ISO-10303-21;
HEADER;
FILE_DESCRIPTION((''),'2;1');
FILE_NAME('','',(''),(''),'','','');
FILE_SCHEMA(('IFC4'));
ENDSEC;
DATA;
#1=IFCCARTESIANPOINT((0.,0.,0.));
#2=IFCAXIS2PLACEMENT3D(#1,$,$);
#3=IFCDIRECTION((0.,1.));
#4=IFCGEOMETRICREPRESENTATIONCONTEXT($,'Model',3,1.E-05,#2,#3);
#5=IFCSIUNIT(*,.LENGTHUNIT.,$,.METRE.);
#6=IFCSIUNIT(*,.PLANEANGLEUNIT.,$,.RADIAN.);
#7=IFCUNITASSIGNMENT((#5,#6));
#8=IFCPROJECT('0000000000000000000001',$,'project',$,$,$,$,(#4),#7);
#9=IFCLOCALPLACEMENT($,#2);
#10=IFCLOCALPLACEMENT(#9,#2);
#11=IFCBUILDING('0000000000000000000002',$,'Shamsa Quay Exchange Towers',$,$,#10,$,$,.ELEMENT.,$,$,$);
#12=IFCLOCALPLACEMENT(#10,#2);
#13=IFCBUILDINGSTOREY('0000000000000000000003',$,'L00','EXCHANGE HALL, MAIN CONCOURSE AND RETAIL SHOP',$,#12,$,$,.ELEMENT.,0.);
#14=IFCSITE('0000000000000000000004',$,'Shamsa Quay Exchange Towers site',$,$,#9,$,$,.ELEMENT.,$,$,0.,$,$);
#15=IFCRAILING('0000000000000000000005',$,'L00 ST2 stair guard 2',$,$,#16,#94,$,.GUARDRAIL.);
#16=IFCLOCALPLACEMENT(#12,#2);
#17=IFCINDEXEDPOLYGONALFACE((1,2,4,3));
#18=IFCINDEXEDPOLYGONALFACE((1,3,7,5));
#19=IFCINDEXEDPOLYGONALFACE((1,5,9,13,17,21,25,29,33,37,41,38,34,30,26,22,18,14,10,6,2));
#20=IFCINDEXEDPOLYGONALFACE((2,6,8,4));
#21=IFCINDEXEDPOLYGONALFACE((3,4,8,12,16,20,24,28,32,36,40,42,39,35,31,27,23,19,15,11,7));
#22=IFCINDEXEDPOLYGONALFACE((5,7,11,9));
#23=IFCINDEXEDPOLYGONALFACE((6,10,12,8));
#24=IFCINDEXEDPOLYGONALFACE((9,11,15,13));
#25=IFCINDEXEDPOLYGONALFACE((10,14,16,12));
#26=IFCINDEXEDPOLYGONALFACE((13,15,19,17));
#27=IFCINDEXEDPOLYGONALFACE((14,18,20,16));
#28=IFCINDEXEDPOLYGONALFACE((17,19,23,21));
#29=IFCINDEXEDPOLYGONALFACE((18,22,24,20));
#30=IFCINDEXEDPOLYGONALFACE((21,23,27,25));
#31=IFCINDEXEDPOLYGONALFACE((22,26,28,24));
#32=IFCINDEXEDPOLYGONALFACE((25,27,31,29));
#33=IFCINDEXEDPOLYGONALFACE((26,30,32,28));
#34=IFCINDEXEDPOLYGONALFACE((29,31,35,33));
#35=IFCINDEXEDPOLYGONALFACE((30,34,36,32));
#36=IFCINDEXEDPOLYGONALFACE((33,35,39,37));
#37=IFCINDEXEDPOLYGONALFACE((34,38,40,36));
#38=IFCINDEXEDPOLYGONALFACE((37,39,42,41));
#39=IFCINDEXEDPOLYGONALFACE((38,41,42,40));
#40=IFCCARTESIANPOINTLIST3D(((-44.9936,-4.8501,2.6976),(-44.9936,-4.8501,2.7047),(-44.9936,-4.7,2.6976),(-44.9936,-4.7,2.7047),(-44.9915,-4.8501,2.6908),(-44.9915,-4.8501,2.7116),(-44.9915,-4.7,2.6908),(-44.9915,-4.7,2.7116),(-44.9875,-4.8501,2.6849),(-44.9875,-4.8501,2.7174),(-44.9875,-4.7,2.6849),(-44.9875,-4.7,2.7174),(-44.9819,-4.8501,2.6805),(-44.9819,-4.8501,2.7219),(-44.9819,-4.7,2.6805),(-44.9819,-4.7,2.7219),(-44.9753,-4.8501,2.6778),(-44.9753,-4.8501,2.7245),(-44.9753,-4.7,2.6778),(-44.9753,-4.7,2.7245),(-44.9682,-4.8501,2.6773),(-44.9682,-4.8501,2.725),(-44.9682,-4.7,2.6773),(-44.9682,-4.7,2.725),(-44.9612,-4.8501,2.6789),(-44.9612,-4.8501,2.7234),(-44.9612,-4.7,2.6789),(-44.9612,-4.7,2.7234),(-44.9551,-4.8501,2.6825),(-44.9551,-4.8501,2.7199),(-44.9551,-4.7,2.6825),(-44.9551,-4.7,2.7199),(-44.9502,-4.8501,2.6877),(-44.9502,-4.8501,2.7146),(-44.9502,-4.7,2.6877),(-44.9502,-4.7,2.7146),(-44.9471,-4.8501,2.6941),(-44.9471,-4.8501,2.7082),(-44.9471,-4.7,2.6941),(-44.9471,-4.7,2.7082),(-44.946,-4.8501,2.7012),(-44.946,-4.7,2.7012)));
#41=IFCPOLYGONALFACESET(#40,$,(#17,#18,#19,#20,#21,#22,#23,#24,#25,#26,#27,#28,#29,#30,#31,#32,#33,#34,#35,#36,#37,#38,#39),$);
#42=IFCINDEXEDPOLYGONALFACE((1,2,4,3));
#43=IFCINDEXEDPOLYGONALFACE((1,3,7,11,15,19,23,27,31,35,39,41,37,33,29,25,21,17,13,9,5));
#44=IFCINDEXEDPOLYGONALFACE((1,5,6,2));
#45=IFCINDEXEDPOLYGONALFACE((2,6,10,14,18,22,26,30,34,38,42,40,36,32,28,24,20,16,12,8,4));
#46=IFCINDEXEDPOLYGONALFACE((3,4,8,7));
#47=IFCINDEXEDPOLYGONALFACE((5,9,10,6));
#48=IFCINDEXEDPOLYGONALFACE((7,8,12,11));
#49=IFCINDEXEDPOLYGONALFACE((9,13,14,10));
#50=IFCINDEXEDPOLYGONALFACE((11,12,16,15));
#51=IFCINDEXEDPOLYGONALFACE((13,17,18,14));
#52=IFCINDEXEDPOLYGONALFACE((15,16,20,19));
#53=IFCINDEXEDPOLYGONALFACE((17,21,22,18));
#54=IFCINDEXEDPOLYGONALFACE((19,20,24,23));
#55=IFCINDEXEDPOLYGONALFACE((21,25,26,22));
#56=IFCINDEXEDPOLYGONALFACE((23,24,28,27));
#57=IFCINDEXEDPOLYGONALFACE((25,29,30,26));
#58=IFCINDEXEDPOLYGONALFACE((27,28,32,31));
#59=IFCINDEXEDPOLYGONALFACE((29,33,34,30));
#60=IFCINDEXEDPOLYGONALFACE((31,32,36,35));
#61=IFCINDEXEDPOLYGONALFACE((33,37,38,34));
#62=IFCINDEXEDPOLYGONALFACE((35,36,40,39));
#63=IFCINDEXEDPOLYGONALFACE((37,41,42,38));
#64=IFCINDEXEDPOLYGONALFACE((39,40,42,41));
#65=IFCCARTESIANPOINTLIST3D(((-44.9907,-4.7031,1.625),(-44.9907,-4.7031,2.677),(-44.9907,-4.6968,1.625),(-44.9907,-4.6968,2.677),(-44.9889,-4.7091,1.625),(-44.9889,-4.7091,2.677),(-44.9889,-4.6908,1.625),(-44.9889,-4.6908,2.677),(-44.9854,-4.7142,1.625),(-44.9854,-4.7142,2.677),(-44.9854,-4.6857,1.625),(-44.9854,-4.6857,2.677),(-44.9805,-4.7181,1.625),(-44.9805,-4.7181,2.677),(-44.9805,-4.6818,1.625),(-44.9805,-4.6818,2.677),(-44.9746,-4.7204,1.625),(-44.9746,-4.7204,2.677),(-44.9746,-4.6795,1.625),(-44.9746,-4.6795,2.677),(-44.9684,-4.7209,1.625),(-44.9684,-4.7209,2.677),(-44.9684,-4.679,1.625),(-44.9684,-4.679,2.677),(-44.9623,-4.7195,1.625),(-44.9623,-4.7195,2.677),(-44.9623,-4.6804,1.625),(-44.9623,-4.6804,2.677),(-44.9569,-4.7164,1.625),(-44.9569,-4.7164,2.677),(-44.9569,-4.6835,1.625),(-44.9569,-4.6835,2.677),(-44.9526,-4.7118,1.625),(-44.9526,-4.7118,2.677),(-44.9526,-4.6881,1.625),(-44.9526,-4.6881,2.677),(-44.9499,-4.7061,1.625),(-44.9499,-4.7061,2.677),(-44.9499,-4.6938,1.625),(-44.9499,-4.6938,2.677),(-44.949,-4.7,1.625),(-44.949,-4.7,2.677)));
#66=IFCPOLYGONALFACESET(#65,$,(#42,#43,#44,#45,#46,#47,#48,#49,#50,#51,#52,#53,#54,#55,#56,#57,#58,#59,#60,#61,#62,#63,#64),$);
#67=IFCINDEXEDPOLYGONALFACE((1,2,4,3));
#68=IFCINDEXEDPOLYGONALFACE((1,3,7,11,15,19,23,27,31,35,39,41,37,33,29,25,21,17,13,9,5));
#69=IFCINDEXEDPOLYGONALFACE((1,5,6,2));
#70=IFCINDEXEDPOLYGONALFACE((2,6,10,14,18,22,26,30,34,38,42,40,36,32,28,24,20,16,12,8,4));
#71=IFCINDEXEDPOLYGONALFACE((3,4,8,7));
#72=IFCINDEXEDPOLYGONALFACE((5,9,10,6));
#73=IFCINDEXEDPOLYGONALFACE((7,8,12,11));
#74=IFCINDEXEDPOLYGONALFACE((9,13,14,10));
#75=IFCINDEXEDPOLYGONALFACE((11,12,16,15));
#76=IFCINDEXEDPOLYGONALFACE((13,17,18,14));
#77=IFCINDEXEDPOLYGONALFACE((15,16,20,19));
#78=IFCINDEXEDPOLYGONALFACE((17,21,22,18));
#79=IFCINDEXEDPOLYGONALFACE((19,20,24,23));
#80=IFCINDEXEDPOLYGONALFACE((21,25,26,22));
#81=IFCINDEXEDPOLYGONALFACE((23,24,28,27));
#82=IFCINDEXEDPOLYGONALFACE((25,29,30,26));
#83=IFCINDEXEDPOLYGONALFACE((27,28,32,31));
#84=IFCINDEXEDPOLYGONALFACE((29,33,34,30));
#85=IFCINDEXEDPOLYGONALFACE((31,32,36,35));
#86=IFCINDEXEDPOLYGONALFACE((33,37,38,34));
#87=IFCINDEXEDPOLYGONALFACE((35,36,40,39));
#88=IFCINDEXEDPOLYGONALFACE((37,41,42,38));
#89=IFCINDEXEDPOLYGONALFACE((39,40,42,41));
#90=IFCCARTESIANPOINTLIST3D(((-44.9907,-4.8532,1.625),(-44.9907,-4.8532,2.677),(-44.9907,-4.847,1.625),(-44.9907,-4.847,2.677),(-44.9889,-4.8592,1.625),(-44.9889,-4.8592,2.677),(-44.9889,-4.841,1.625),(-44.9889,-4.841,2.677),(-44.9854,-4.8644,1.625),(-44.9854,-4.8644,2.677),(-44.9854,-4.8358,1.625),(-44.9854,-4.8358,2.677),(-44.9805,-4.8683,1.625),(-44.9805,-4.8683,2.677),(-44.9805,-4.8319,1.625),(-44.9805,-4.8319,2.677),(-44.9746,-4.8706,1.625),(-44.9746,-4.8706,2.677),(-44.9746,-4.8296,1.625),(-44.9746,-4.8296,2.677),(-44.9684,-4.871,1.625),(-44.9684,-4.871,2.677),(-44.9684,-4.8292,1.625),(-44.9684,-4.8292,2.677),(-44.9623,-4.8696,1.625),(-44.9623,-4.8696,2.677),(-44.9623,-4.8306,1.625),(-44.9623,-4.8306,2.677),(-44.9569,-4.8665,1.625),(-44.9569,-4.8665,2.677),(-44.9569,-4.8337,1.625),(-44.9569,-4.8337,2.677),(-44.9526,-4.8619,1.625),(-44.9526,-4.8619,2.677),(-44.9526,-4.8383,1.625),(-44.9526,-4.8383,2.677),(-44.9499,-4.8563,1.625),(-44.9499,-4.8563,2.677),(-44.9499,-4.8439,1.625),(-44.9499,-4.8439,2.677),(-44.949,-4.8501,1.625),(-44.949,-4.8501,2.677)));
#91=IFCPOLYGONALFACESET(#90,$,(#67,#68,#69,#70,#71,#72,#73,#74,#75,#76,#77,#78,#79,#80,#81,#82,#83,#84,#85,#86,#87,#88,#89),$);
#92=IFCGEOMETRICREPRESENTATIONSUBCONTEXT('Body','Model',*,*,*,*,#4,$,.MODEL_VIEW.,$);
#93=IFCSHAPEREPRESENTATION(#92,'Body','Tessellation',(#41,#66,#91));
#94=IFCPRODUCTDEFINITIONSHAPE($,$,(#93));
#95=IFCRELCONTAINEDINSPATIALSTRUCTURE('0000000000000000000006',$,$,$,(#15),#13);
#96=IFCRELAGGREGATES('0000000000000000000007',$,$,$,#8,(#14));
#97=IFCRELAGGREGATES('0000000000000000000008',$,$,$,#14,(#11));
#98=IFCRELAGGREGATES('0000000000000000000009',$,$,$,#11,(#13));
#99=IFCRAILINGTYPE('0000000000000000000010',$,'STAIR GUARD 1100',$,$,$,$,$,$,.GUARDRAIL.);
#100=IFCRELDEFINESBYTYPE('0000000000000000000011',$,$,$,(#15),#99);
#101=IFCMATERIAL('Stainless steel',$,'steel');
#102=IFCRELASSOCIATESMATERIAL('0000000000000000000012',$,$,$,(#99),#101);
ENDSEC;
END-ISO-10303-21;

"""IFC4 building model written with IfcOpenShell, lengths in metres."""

from ifc_helpers import new_model, si_unit, direction, frame, origin, origin_2d, place, context, subcontext, project, spatial, circle, extrude, material, type_object, element, save


model = new_model("IFC4")

# Units and contexts
model_context = context("Model", 3, precision=1e-05, world=origin(), true_north=direction((0.0, 1.0)))
body_context = subcontext(model_context, "Body", "Model", "MODEL_VIEW")
ifc_project = project(units=[si_unit("LENGTHUNIT", "METRE"), si_unit("PLANEANGLEUNIT", "RADIAN")], contexts=[model_context])

# Site, building, storey
site_placement = place(None, origin())
site = spatial("IfcSite", under=ifc_project, at=site_placement, Name="Shamsa Quay Exchange Towers site", CompositionType="ELEMENT", RefElevation=0.0)
building_placement = place(site_placement, origin())
building = spatial("IfcBuilding", under=site, at=building_placement, Name="Shamsa Quay Exchange Towers", CompositionType="ELEMENT")
storey_placement = place(building_placement, origin())
storey = spatial("IfcBuildingStorey", under=building, at=storey_placement, Name="L00", Description="EXCHANGE HALL, MAIN CONCOURSE AND RETAIL SHOP", CompositionType="ELEMENT", Elevation=0.0)

# Railing
ifc_material_1 = material(Name="Stainless steel", Category="steel")
railing_type_1 = type_object("IfcRailingType", Name="STAIR GUARD 1100", PredefinedType="GUARDRAIL", material=ifc_material_1)
railing_1_placement = place(storey_placement, frame((-44.97, -4.7, 1.625)))
element("IfcRailing", 1, at=railing_1_placement, inside=storey, type_object=railing_type_1, Name="L00 ST2 stair guard 2", PredefinedType="GUARDRAIL", context=body_context, shape_type="SweptSolid", body=[
    extrude(circle(Radius=0.0239, at=origin_2d()), frame((0.0, 0.0, 1.0762), z_axis=(0.0, -1.0, 0.0), x_axis=(1.0, 0.0, 0.0)), (0.0, 0.0, 1.0), 0.1501),
    extrude(circle(Radius=0.021, at=origin_2d()), origin(), (0.0, 0.0, 1.0), 1.052),
    extrude(circle(Radius=0.021, at=origin_2d()), frame((0.0, -0.1501, 0.0)), (0.0, 0.0, 1.0), 1.052),
])

save(model, "model.ifc")
